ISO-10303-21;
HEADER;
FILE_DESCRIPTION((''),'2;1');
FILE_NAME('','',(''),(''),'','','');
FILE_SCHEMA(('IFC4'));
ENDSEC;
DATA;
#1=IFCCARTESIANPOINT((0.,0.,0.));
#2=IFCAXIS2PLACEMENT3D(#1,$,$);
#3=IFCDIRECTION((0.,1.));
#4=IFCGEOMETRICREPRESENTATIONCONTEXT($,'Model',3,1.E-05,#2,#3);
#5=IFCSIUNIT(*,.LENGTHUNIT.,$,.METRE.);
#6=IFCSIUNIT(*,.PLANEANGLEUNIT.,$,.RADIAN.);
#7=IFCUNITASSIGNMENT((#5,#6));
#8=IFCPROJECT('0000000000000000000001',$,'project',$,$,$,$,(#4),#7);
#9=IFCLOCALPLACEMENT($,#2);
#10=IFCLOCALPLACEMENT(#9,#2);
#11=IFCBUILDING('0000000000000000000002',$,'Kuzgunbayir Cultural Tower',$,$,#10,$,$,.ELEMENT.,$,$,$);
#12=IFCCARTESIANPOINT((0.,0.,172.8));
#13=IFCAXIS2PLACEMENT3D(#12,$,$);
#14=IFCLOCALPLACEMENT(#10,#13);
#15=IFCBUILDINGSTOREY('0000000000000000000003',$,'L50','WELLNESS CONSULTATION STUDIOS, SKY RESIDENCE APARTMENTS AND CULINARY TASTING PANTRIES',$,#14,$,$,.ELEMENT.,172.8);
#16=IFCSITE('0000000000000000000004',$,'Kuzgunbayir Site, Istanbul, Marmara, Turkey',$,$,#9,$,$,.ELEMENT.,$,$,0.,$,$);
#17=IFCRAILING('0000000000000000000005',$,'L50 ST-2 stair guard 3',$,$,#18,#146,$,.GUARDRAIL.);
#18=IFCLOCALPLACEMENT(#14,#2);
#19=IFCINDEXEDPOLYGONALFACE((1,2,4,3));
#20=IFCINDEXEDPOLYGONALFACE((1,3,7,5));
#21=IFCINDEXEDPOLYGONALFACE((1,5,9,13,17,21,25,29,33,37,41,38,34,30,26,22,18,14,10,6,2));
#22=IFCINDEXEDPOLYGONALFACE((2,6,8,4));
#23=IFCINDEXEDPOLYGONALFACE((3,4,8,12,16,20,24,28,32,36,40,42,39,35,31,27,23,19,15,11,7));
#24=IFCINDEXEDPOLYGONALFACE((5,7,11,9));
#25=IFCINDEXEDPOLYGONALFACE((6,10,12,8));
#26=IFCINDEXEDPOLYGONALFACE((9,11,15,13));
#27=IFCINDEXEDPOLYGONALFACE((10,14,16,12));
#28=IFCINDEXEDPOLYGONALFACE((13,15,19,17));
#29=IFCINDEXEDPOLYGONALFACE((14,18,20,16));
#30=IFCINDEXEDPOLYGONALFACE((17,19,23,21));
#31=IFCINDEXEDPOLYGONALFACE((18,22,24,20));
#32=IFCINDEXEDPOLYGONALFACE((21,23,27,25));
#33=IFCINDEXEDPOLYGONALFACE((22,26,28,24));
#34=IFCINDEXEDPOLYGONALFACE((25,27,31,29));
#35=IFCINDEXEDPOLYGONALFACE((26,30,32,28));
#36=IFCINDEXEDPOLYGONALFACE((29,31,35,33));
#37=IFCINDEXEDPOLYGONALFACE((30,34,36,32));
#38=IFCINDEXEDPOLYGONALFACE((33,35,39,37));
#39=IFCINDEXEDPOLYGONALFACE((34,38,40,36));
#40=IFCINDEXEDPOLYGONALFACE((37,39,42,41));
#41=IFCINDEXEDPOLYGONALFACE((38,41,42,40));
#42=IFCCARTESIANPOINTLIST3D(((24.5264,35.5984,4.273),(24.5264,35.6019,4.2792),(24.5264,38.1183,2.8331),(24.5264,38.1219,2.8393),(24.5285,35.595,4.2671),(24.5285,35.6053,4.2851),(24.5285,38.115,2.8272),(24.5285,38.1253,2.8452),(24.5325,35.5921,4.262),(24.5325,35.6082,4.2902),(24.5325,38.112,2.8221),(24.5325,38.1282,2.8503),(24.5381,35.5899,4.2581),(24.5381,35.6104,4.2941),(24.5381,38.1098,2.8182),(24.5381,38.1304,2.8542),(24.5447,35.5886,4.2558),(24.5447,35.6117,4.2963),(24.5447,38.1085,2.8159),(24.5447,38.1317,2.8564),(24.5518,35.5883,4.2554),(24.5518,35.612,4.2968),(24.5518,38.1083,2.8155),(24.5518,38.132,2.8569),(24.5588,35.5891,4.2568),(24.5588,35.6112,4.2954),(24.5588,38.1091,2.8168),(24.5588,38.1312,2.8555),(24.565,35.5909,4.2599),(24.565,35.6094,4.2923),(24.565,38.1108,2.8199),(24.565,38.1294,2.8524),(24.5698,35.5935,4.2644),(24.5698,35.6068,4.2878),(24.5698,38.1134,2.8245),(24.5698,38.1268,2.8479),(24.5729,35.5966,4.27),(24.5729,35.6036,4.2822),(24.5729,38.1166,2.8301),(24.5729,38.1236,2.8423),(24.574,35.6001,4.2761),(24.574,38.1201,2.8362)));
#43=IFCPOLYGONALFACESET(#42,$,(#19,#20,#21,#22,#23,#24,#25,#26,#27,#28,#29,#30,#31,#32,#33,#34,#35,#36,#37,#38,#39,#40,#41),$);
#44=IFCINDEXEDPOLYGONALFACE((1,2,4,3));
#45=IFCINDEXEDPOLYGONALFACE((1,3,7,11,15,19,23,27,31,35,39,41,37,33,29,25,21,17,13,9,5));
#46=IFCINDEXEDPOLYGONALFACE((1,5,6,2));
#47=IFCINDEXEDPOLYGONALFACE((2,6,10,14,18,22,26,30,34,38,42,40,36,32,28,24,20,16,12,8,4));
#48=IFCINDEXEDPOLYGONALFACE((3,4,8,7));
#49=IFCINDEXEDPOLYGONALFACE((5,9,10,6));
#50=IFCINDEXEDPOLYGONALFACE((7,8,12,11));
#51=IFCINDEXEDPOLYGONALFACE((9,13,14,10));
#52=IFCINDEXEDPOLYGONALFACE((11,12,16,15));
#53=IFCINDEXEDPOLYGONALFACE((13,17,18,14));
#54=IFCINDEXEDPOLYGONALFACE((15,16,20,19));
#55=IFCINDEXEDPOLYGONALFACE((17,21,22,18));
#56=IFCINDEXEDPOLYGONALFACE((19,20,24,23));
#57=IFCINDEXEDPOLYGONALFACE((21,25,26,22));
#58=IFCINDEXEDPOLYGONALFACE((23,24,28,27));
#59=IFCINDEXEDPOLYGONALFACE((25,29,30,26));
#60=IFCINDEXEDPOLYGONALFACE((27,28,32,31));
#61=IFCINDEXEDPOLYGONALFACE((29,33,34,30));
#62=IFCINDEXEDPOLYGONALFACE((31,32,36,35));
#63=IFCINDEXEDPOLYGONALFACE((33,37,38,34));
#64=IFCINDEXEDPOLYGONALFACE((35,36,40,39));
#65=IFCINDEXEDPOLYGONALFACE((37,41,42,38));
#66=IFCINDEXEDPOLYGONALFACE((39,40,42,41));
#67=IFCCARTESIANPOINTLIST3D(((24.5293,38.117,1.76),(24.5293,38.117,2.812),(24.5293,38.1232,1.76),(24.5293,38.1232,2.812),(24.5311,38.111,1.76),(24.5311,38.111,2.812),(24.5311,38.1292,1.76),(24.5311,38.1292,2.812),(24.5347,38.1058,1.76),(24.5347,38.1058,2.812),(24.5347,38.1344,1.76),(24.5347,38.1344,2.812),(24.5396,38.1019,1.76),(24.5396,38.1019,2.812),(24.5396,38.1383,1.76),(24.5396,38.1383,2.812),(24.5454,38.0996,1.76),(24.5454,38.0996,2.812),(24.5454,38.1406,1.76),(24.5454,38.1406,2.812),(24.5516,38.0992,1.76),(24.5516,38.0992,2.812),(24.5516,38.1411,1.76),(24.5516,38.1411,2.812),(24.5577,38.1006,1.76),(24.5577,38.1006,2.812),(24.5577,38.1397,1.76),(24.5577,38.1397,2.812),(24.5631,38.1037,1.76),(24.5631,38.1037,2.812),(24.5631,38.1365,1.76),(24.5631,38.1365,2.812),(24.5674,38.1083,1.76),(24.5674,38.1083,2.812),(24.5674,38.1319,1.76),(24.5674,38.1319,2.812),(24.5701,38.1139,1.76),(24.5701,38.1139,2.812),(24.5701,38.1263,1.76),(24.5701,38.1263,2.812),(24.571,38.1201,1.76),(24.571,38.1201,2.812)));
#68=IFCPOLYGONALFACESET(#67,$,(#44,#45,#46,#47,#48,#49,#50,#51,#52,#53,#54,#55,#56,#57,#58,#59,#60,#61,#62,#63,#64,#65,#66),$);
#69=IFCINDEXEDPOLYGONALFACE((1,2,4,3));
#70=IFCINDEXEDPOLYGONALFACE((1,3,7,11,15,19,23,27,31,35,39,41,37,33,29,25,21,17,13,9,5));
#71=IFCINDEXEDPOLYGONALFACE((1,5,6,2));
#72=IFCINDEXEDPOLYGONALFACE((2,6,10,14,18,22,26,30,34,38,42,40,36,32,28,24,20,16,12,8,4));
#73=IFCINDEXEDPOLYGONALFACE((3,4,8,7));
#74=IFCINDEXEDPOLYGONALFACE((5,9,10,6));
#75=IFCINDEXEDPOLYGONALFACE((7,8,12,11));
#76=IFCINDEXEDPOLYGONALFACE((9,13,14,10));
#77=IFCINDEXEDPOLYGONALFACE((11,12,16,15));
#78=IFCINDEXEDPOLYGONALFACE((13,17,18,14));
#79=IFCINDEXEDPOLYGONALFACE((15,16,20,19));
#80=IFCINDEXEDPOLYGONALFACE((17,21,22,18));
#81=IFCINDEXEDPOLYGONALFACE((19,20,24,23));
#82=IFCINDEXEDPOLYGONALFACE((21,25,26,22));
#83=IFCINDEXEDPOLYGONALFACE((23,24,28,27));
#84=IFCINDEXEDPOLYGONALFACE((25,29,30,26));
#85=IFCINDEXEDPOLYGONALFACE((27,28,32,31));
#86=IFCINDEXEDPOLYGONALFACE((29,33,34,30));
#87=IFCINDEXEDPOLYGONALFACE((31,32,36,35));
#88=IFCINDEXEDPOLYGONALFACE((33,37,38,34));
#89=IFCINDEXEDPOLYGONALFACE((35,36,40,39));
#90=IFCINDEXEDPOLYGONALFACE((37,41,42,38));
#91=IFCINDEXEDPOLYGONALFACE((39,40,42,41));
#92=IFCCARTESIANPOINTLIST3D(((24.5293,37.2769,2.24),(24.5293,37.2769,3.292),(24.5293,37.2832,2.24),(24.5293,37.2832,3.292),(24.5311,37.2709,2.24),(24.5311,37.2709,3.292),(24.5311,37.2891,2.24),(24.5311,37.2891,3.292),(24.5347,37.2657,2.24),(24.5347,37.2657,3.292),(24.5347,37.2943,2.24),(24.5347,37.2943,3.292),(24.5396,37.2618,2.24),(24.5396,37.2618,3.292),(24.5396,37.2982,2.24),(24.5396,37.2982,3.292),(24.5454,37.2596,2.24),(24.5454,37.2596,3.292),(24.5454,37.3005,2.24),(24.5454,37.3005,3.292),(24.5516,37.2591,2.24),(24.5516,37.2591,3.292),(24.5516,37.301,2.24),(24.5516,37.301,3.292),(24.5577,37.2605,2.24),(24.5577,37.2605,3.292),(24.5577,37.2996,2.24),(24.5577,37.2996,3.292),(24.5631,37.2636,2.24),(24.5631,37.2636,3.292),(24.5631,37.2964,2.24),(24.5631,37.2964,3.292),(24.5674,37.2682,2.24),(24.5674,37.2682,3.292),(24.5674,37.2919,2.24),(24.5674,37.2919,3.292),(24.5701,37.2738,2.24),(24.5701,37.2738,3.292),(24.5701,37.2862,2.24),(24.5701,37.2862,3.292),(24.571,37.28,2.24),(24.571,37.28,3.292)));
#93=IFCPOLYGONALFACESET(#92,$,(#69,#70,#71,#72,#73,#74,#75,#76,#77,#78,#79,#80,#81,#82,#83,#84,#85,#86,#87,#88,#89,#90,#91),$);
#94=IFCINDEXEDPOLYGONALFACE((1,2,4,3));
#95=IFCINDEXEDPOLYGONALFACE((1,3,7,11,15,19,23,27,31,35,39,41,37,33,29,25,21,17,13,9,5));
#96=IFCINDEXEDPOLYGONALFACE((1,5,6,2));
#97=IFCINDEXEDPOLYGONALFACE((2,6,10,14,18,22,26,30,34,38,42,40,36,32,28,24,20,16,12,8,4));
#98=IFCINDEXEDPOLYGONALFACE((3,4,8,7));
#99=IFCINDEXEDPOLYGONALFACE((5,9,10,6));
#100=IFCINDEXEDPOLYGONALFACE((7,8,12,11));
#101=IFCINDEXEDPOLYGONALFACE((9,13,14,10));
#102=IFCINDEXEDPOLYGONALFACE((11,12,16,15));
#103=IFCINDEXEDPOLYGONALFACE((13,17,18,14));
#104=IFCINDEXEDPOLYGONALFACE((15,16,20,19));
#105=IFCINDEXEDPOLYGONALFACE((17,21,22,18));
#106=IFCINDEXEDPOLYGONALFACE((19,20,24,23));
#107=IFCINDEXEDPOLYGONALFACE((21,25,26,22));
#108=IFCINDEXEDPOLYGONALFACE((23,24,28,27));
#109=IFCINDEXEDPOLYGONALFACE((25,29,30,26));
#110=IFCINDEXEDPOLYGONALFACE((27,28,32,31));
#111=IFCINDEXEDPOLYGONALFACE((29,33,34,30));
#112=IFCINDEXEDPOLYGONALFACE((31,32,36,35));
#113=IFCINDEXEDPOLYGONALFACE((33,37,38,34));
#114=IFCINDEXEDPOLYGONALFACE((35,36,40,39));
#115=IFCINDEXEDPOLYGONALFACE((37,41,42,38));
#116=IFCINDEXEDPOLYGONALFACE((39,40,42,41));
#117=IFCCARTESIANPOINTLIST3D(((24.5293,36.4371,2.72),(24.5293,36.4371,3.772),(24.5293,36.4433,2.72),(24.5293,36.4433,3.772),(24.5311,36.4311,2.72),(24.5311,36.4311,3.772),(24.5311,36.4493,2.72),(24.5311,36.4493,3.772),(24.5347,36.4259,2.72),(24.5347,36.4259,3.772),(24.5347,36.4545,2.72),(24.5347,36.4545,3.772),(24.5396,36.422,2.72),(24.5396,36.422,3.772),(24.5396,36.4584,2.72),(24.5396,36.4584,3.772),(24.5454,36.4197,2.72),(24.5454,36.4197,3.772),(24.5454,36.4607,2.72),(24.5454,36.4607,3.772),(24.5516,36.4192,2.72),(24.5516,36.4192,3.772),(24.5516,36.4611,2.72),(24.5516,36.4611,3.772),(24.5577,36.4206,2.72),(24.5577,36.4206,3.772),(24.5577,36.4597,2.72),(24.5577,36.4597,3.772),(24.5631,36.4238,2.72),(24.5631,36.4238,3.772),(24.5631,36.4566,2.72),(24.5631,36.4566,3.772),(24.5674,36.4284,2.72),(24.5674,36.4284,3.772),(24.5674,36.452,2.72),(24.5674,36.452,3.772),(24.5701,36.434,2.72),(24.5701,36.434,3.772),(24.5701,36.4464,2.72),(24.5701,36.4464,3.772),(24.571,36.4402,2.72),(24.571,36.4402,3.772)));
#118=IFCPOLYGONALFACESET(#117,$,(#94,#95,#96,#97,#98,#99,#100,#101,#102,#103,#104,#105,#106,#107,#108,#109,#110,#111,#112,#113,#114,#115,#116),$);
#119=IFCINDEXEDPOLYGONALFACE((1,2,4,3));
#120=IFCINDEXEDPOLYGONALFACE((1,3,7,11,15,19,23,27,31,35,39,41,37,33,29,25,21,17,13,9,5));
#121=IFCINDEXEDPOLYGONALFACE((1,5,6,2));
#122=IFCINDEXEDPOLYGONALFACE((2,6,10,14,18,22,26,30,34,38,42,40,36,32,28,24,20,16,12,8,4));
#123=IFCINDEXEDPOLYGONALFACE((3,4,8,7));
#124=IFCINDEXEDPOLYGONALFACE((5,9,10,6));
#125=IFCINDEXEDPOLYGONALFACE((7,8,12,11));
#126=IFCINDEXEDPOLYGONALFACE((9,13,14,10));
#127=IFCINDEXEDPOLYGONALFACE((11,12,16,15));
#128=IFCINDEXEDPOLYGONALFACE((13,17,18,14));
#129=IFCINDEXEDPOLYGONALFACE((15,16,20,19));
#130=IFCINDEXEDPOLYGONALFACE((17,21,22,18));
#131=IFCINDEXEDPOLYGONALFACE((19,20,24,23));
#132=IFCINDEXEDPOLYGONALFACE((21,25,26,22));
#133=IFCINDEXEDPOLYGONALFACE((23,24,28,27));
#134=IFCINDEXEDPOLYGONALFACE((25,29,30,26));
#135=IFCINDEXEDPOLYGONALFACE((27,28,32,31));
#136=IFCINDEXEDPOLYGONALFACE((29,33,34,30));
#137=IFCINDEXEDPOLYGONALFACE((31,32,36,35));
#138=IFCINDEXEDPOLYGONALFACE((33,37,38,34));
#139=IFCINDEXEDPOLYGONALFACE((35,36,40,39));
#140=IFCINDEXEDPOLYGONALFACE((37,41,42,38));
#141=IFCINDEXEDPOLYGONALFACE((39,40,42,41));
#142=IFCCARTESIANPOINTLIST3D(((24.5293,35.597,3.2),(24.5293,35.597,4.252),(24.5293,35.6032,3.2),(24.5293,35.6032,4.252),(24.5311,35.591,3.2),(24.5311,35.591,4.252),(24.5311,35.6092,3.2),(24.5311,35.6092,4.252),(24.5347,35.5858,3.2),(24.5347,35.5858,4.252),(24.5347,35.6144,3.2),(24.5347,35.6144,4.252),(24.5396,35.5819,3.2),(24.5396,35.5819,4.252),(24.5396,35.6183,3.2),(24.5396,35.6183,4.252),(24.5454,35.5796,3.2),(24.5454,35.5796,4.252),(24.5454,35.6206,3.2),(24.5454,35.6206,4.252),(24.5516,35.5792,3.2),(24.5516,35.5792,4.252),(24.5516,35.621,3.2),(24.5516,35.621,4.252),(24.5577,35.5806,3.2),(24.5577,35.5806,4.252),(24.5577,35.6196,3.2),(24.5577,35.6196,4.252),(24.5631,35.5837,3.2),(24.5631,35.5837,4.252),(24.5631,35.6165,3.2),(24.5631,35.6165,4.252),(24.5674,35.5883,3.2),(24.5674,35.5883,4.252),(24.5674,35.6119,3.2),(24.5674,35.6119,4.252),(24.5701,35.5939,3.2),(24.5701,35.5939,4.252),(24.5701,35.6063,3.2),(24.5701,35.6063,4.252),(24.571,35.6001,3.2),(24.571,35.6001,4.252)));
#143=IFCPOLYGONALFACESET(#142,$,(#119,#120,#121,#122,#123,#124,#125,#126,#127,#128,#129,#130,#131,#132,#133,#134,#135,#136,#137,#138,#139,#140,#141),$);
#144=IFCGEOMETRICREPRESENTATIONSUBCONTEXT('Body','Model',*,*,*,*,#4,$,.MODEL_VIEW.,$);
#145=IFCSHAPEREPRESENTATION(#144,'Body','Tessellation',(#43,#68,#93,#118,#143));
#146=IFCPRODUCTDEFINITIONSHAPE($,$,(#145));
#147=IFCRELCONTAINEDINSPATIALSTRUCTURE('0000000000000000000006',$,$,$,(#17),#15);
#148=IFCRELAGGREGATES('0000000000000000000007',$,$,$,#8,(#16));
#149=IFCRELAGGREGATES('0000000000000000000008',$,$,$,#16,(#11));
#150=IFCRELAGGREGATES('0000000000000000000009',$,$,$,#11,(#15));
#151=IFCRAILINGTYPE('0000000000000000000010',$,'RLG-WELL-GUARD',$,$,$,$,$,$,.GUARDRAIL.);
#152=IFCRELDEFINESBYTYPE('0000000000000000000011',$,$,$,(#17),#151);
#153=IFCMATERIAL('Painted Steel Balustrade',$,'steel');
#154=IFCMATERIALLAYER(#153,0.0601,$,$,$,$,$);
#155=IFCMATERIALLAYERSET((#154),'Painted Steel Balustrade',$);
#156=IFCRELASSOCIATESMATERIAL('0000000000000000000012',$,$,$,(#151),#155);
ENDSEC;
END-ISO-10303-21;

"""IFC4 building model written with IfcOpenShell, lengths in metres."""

from ifc_helpers import new_model, si_unit, direction, frame, origin, origin_2d, place, context, subcontext, project, spatial, circle, extrude, material, layer, layer_set, type_object, element, save


model = new_model("IFC4")

# Units and contexts
model_context = context("Model", 3, precision=1e-05, world=origin(), true_north=direction((0.0, 1.0)))
body_context = subcontext(model_context, "Body", "Model", "MODEL_VIEW")
ifc_project = project(units=[si_unit("LENGTHUNIT", "METRE"), si_unit("PLANEANGLEUNIT", "RADIAN")], contexts=[model_context])

# Site, building, storey
site_placement = place(None, origin())
site = spatial("IfcSite", under=ifc_project, at=site_placement, Name="Kuzgunbayir Site, Istanbul, Marmara, Turkey", CompositionType="ELEMENT", RefElevation=0.0)
building_placement = place(site_placement, origin())
building = spatial("IfcBuilding", under=site, at=building_placement, Name="Kuzgunbayir Cultural Tower", CompositionType="ELEMENT")
storey_placement = place(building_placement, frame((0.0, 0.0, 172.8)))
storey = spatial("IfcBuildingStorey", under=building, at=storey_placement, Name="L50", Description="WELLNESS CONSULTATION STUDIOS, SKY RESIDENCE APARTMENTS AND CULINARY TASTING PANTRIES", CompositionType="ELEMENT", Elevation=172.8)

# Railing
ifc_material_1 = material(Name="Painted Steel Balustrade", Category="steel")
ifc_layer_1 = layer(ifc_material_1, 0.0601)
ifc_layer_set_1 = layer_set([ifc_layer_1], Name="Painted Steel Balustrade")
railing_type_1 = type_object("IfcRailingType", Name="RLG-WELL-GUARD", PredefinedType="GUARDRAIL", material=ifc_layer_set_1)
railing_1_placement = place(storey_placement, frame((24.55, 38.1201, 1.76)))
element("IfcRailing", 1, at=railing_1_placement, inside=storey, type_object=railing_type_1, Name="L50 ST-2 stair guard 3", PredefinedType="GUARDRAIL", context=body_context, shape_type="SweptSolid", body=[
    extrude(circle(Radius=0.0239, at=origin_2d()), frame((0.0, 0.0, 1.0762), z_axis=(0.0, -0.868253, 0.496121), x_axis=(1.0, 0.0, 0.0)), (0.0, 0.0, 1.0), 2.9023),
    extrude(circle(Radius=0.021, at=origin_2d()), origin(), (0.0, 0.0, 1.0), 1.052),
    extrude(circle(Radius=0.021, at=origin_2d()), frame((0.0, -0.8401, 0.48)), (0.0, 0.0, 1.0), 1.052),
    extrude(circle(Radius=0.021, at=origin_2d()), frame((0.0, -1.6799, 0.96)), (0.0, 0.0, 1.0), 1.052),
    extrude(circle(Radius=0.021, at=origin_2d()), frame((0.0, -2.52, 1.4399)), (0.0, 0.0, 1.0), 1.052),
])

save(model, "model.ifc")
